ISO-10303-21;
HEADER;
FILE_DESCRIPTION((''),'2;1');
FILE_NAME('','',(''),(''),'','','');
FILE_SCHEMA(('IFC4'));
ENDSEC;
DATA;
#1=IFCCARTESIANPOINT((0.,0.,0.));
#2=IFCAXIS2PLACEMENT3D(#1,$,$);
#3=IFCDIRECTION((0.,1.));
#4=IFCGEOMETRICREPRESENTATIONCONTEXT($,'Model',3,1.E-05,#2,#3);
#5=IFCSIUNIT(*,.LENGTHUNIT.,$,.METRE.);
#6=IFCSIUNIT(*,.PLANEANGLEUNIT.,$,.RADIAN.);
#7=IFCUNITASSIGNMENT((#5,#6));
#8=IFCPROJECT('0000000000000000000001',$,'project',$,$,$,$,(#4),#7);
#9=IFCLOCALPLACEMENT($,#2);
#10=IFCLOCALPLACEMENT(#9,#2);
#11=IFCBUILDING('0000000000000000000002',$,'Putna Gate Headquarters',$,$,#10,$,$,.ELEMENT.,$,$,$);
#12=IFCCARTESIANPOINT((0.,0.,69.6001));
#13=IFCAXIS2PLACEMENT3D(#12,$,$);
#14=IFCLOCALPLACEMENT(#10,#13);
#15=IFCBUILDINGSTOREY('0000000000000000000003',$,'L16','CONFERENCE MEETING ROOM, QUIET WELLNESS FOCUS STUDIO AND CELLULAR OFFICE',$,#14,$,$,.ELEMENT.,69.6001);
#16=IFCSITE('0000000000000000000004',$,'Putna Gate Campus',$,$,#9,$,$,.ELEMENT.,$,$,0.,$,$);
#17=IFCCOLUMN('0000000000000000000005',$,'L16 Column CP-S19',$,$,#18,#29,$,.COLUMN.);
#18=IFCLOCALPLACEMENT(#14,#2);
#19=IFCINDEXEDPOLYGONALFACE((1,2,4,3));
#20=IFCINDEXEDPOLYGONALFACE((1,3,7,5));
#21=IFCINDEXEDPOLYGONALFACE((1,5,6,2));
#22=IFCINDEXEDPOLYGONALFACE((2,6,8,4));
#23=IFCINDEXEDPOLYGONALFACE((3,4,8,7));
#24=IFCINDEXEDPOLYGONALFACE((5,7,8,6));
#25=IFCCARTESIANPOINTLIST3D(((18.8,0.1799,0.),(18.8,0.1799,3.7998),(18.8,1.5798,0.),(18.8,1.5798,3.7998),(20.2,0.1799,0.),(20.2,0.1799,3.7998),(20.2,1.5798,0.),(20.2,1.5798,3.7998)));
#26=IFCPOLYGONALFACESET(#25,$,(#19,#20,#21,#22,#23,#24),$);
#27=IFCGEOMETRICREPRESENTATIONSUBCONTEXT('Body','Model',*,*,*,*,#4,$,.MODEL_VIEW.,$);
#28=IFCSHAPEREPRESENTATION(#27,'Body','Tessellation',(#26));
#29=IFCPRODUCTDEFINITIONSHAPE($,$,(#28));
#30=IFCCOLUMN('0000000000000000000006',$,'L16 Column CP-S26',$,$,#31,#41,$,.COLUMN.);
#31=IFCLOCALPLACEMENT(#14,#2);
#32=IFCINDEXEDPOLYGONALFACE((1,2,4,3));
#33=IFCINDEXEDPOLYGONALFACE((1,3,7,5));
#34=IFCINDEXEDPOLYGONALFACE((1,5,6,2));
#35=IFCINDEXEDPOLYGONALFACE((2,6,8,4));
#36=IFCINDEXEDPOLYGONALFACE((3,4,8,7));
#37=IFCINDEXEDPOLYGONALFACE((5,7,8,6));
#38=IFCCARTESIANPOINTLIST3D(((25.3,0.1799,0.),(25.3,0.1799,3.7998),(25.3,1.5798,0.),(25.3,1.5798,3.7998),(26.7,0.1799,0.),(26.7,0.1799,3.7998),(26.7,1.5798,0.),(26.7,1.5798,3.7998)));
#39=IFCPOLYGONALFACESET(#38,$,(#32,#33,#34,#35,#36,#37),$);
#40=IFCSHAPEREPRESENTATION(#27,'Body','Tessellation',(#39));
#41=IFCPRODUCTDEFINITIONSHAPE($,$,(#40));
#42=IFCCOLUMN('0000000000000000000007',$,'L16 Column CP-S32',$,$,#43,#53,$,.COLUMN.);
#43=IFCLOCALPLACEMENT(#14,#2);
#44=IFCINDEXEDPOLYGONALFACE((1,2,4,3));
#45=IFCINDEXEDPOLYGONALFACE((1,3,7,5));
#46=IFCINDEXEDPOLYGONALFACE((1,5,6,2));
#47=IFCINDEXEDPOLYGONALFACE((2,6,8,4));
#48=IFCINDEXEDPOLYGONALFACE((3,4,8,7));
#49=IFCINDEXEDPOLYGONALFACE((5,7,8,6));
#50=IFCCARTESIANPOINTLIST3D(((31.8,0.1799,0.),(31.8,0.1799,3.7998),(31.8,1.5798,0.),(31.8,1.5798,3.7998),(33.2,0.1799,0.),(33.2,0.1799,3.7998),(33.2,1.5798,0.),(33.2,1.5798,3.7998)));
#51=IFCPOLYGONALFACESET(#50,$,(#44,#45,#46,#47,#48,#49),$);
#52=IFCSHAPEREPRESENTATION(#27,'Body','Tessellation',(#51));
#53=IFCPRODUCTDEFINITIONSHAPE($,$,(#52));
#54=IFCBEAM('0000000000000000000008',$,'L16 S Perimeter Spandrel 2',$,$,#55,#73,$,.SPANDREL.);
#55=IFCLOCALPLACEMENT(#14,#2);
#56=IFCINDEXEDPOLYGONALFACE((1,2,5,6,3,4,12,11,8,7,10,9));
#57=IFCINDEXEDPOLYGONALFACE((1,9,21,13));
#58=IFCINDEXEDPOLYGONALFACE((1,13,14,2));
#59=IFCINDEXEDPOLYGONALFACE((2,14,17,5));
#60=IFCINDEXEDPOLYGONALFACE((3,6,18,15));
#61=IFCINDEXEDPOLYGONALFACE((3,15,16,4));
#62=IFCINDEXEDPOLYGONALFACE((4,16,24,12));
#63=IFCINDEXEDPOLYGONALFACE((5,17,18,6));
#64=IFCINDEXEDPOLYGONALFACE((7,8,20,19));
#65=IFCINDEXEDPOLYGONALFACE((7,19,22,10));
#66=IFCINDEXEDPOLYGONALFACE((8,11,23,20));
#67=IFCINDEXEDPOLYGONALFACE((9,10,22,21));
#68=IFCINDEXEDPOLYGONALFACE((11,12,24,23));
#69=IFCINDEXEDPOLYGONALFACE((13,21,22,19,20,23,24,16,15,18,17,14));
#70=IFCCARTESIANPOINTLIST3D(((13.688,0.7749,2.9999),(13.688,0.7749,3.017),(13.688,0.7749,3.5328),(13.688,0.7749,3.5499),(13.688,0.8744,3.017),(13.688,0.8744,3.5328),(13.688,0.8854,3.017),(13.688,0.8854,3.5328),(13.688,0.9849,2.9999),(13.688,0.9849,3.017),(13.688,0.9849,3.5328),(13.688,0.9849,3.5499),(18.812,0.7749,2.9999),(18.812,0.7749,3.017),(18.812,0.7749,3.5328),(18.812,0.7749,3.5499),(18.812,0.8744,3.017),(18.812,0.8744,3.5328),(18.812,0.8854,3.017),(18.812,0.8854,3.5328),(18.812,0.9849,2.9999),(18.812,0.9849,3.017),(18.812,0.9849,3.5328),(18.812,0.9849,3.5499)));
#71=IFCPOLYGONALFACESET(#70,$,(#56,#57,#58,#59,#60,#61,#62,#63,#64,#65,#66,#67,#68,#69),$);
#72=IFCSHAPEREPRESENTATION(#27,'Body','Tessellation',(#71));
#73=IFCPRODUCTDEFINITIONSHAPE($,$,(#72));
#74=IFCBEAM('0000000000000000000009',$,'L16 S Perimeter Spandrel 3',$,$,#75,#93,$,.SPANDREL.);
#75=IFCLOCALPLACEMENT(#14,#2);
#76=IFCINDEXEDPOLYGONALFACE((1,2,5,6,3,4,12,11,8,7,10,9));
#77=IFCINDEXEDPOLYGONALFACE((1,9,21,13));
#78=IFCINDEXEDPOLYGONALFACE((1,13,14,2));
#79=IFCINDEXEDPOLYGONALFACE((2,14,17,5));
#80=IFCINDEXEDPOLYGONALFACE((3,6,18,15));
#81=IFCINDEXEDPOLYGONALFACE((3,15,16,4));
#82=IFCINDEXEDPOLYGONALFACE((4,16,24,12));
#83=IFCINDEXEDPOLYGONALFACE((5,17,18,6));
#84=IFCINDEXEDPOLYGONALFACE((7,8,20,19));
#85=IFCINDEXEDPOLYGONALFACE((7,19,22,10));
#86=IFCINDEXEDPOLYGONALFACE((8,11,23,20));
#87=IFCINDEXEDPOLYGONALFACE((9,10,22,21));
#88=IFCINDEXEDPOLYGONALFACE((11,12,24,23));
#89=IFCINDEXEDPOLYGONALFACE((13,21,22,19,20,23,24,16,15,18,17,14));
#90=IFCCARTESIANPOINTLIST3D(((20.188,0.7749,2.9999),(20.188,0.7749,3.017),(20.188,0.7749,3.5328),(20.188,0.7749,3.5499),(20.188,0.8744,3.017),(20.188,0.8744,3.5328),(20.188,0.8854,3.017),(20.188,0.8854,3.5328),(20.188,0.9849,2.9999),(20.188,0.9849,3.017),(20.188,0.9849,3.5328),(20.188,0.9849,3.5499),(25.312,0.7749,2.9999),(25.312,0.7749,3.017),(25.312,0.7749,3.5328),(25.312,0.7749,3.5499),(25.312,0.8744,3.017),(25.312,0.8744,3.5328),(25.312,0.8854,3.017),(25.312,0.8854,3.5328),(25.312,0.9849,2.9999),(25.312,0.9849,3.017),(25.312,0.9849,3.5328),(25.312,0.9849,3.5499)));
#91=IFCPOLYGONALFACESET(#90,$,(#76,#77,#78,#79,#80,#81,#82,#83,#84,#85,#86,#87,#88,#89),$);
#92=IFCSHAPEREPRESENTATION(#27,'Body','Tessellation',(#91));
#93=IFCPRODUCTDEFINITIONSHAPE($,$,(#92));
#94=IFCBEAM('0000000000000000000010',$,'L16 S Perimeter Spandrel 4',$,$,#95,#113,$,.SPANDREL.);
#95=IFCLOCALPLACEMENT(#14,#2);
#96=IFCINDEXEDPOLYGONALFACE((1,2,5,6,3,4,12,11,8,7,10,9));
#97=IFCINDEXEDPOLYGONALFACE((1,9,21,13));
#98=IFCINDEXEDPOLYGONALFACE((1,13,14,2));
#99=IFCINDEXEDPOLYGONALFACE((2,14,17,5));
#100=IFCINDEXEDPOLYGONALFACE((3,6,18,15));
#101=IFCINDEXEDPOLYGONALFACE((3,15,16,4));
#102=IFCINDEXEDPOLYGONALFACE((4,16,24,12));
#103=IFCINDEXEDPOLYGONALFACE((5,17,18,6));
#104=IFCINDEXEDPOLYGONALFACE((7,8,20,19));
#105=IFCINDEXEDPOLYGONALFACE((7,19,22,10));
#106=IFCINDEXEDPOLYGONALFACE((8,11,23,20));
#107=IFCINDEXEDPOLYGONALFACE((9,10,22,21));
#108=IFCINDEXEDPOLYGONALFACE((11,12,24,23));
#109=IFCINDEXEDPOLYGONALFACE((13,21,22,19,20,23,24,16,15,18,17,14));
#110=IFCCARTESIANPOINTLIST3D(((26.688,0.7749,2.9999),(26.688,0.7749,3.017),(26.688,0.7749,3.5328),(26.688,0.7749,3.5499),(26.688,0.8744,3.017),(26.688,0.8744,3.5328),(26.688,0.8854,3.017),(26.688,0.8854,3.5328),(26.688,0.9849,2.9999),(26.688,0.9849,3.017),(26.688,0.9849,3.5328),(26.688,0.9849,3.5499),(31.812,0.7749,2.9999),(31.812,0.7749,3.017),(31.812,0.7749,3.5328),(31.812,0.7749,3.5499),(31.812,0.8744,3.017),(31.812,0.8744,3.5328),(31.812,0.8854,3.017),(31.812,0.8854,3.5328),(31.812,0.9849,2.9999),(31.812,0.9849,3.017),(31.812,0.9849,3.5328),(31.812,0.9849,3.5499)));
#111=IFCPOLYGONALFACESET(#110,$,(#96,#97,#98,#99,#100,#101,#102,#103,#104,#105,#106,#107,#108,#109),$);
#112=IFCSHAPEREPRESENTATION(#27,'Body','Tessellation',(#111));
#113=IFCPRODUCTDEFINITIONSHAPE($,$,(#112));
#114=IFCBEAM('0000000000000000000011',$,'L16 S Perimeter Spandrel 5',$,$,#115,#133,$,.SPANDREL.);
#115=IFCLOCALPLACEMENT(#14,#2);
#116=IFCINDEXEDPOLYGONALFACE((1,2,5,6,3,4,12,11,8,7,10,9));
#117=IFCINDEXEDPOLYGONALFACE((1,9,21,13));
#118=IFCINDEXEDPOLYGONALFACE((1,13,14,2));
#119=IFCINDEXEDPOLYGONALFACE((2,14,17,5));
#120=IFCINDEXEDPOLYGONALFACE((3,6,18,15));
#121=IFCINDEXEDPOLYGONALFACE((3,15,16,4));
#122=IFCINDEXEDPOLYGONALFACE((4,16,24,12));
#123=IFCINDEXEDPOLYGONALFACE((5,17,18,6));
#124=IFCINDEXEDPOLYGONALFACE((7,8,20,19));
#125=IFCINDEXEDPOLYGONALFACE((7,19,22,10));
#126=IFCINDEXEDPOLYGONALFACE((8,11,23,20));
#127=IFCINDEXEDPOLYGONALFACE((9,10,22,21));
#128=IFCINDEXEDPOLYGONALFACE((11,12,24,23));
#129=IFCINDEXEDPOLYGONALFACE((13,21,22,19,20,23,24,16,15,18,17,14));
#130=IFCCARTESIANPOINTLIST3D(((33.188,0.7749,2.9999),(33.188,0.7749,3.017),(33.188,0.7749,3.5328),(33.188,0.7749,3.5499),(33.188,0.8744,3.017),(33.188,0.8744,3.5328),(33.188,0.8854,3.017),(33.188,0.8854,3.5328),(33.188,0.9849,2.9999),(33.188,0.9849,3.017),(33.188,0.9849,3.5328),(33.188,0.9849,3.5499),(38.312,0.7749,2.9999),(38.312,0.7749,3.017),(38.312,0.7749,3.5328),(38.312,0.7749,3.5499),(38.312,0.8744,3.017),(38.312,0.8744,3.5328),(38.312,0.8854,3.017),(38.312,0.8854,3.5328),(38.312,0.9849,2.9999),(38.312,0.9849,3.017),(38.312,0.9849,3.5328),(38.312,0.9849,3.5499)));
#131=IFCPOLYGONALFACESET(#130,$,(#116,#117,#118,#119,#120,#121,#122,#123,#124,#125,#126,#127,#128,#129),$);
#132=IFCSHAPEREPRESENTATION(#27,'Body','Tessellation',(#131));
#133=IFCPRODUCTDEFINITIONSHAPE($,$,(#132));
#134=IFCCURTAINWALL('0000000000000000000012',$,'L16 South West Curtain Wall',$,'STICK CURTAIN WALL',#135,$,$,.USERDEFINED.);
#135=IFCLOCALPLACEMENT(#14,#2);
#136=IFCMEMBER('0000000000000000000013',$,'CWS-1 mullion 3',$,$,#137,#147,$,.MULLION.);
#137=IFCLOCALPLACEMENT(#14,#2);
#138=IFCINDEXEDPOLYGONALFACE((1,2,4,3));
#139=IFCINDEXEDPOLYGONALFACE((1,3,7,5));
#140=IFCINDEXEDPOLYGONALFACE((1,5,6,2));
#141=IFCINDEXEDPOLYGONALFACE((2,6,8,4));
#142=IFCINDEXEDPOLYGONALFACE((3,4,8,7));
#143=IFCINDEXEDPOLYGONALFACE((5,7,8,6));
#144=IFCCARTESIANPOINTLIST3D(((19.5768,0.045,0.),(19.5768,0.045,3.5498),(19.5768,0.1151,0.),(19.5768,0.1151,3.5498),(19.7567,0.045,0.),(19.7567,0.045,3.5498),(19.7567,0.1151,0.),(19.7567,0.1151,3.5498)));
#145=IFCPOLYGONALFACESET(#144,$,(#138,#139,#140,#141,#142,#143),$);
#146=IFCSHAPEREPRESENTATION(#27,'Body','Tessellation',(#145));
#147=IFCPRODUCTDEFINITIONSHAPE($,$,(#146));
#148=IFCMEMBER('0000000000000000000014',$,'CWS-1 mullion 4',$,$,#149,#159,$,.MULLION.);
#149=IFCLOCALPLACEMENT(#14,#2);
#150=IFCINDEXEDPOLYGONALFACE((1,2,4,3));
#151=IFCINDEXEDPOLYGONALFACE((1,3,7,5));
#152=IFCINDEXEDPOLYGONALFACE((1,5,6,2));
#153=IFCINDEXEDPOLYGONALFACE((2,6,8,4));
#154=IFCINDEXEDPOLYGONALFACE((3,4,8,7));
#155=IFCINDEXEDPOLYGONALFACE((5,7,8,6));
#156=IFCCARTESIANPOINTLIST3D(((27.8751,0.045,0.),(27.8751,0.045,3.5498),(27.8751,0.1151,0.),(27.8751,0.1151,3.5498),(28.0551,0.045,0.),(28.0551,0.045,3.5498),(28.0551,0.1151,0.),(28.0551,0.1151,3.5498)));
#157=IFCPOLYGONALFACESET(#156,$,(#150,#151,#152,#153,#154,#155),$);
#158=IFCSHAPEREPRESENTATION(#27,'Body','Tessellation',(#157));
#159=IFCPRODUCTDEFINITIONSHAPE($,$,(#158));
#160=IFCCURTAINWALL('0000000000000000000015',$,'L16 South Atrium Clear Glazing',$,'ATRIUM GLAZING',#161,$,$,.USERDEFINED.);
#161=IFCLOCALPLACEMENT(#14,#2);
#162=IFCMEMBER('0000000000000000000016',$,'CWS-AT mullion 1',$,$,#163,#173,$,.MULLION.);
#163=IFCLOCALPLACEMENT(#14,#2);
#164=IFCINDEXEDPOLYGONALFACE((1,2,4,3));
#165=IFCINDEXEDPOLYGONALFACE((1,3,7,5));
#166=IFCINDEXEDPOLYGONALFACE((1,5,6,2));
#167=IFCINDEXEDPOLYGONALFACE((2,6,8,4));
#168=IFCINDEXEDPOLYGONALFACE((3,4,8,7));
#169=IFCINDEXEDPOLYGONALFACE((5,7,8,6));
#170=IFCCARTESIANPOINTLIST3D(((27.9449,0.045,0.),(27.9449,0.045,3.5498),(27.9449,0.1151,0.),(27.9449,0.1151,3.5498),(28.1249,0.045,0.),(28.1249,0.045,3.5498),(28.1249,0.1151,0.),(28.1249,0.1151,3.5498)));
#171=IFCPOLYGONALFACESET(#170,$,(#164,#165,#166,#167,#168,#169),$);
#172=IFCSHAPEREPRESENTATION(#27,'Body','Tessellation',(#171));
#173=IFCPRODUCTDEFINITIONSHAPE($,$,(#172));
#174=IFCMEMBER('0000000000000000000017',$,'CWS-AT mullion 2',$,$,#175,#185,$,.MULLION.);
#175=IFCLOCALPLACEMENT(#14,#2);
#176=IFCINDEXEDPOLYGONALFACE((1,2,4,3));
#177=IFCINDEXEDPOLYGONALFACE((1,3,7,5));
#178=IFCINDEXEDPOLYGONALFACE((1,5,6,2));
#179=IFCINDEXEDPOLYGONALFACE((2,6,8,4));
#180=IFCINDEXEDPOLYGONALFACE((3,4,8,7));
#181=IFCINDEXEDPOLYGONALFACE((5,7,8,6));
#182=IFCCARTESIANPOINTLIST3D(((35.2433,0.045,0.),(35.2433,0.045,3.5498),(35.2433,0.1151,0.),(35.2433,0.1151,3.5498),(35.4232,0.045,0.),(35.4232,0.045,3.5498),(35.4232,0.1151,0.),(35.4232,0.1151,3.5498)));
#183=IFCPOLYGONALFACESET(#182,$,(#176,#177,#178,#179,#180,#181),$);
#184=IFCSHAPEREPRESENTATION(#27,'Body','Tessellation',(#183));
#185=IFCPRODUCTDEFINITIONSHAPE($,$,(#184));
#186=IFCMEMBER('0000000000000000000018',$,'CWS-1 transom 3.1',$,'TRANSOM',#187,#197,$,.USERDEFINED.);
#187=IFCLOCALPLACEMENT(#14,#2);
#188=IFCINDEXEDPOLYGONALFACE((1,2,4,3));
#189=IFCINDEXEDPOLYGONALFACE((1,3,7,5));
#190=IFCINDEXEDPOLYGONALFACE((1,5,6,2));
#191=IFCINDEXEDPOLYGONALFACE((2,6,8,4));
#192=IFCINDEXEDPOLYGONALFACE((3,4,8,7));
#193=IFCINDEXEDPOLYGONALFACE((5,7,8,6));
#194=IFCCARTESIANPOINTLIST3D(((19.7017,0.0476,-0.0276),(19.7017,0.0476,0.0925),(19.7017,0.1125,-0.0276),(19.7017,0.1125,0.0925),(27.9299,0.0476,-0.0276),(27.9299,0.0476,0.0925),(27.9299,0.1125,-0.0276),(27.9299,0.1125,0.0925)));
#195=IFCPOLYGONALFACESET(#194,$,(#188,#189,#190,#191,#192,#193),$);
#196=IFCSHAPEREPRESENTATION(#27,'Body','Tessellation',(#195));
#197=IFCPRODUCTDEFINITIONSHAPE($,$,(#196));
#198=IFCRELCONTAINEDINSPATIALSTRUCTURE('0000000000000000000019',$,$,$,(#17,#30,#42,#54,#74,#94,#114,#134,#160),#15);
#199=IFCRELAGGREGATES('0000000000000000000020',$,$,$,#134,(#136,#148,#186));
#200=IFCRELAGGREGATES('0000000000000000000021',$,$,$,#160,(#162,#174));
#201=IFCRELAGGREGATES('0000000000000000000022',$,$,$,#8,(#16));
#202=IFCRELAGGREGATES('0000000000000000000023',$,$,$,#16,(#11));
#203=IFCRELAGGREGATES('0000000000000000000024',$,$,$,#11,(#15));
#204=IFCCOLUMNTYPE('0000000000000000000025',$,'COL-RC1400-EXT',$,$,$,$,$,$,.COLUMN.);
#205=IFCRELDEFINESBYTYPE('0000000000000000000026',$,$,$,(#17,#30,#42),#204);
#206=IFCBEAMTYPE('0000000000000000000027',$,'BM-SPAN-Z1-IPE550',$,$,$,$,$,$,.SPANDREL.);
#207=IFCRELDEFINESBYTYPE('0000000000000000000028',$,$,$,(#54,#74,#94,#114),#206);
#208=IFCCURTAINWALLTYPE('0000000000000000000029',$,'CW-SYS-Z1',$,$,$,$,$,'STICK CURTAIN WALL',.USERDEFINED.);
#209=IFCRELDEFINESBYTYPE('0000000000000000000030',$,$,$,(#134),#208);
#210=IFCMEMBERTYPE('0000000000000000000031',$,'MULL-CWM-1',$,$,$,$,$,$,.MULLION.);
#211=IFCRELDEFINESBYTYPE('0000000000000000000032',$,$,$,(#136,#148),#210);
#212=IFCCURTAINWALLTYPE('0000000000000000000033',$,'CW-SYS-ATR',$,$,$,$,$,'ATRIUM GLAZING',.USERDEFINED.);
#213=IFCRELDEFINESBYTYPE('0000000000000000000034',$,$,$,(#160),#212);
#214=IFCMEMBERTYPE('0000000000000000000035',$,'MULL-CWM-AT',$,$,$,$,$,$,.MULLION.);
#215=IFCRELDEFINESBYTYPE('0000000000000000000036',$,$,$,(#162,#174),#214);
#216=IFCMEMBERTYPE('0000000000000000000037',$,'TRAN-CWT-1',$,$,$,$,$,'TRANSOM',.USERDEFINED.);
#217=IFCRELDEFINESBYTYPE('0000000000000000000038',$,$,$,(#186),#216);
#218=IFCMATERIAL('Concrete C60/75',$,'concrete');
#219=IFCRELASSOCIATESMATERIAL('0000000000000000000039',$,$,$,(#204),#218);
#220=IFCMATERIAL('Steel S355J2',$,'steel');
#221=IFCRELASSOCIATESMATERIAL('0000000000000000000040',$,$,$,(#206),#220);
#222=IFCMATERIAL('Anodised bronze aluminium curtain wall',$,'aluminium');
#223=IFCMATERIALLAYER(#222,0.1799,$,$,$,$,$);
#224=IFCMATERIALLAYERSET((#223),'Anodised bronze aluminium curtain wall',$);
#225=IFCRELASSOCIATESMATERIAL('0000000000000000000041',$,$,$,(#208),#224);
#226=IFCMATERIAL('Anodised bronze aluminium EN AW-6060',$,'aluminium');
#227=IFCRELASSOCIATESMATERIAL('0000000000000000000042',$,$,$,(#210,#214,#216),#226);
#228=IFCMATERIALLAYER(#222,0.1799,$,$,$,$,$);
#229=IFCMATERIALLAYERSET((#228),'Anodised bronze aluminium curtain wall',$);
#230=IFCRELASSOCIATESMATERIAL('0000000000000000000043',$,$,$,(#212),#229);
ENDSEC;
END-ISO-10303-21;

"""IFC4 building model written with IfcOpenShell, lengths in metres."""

from ifc_helpers import new_model, si_unit, direction, frame, origin, origin_2d, place, context, subcontext, project, spatial, rectangle, i_section, extrude, material, layer, layer_set, material_profile, profile_set, type_object, element, aggregate, save


model = new_model("IFC4")

# Units and contexts
model_context = context("Model", 3, precision=1e-05, world=origin(), true_north=direction((0.0, 1.0)))
body_context = subcontext(model_context, "Body", "Model", "MODEL_VIEW")
ifc_project = project(units=[si_unit("LENGTHUNIT", "METRE"), si_unit("PLANEANGLEUNIT", "RADIAN")], contexts=[model_context])

# Site, building, storey
site_placement = place(None, origin())
site = spatial("IfcSite", under=ifc_project, at=site_placement, Name="Putna Gate Campus", CompositionType="ELEMENT", RefElevation=0.0)
building_placement = place(site_placement, origin())
building = spatial("IfcBuilding", under=site, at=building_placement, Name="Putna Gate Headquarters", CompositionType="ELEMENT")
storey_placement = place(building_placement, frame((0.0, 0.0, 69.6001)))
storey = spatial("IfcBuildingStorey", under=building, at=storey_placement, Name="L16", Description="CONFERENCE MEETING ROOM, QUIET WELLNESS FOCUS STUDIO AND CELLULAR OFFICE", CompositionType="ELEMENT", Elevation=69.6001)

# Columns
ifc_material_1 = material(Name="Concrete C60/75", Category="concrete")
ifc_material_profile_1 = material_profile(ifc_material_1, rectangle(XDim=1.3999, YDim=1.3999, at=origin_2d()), Name="Concrete C60/75")
ifc_profile_set_1 = profile_set([ifc_material_profile_1], Name="Concrete C60/75")
column_type = type_object("IfcColumnType", Name="COL-RC1400-EXT", PredefinedType="COLUMN", material=ifc_profile_set_1)
for number, where, z_axis, x_axis, name in (
    (1, (19.5, 0.8799, 0.0), (0.0, 0.0, 1.0), (1.0, 0.0, 0.0), "L16 Column CP-S19"),
    (2, (26.0, 0.8799, 0.0), (0.0, 0.0, 1.0), (1.0, 0.0, 0.0), "L16 Column CP-S26"),
    (3, (32.5, 0.8799, 0.0), (0.0, 0.0, 1.0), (1.0, 0.0, 0.0), "L16 Column CP-S32"),
):
    element("IfcColumn", number, at=place(storey_placement, frame(where, z_axis=z_axis, x_axis=x_axis)), inside=storey, type_object=column_type, Name=name, PredefinedType="COLUMN", context=body_context, shape_type="SweptSolid", body=[
        extrude(rectangle(XDim=1.3999, YDim=1.3999, at=origin_2d()), origin(), (0.0, 0.0, 1.0), 3.7998),
    ])

# Beams
ifc_material_2 = material(Name="Steel S355J2", Category="steel")
ifc_material_profile_2 = material_profile(ifc_material_2, i_section(OverallWidth=0.21, OverallDepth=0.55, WebThickness=0.011, FlangeThickness=0.0171, at=origin_2d()), Name="Steel S355J2")
ifc_profile_set_2 = profile_set([ifc_material_profile_2], Name="Steel S355J2")
beam_type = type_object("IfcBeamType", Name="BM-SPAN-Z1-IPE550", PredefinedType="SPANDREL", material=ifc_profile_set_2)
for number, where, z_axis, x_axis, name in (
    (4, (13.688, 0.8799, 3.2749), (1.0, 0.0, 0.0), (0.0, 1.0, 0.0), "L16 S Perimeter Spandrel 2"),
    (5, (20.188, 0.8799, 3.2749), (1.0, 0.0, 0.0), (0.0, 1.0, 0.0), "L16 S Perimeter Spandrel 3"),
    (6, (26.688, 0.8799, 3.2749), (1.0, 0.0, 0.0), (0.0, 1.0, 0.0), "L16 S Perimeter Spandrel 4"),
    (7, (33.188, 0.8799, 3.2749), (1.0, 0.0, 0.0), (0.0, 1.0, 0.0), "L16 S Perimeter Spandrel 5"),
):
    element("IfcBeam", number, at=place(storey_placement, frame(where, z_axis=z_axis, x_axis=x_axis)), inside=storey, type_object=beam_type, Name=name, PredefinedType="SPANDREL", context=body_context, shape_type="SweptSolid", body=[
        extrude(i_section(OverallWidth=0.21, OverallDepth=0.55, WebThickness=0.011, FlangeThickness=0.0171, at=origin_2d()), origin(), (0.0, 0.0, 1.0), 5.124),
    ])

# Curtain walls, members
ifc_material_3 = material(Name="Anodised bronze aluminium curtain wall", Category="aluminium")
ifc_layer_1 = layer(ifc_material_3, 0.1799)
ifc_layer_set_1 = layer_set([ifc_layer_1], Name="Anodised bronze aluminium curtain wall")
curtain_wall_type_1 = type_object("IfcCurtainWallType", Name="CW-SYS-Z1", ElementType="STICK CURTAIN WALL", PredefinedType="USERDEFINED", material=ifc_layer_set_1)
curtain_wall_1_placement = place(storey_placement, origin())
curtain_wall_1 = element("IfcCurtainWall", 8, at=curtain_wall_1_placement, inside=storey, type_object=curtain_wall_type_1, Name="L16 South West Curtain Wall", ObjectType="STICK CURTAIN WALL", PredefinedType="USERDEFINED")
ifc_material_4 = material(Name="Anodised bronze aluminium EN AW-6060", Category="aluminium")
ifc_material_profile_3 = material_profile(ifc_material_4, rectangle(XDim=0.0701, YDim=0.1799, at=origin_2d()), Name="Anodised bronze aluminium EN AW-6060")
ifc_profile_set_3 = profile_set([ifc_material_profile_3], Name="Anodised bronze aluminium EN AW-6060")
member_type_1 = type_object("IfcMemberType", Name="MULL-CWM-1", PredefinedType="MULLION", material=ifc_profile_set_3)
member_1_placement = place(storey_placement, frame((19.6667, 0.0801, 0.0), z_axis=(0.0, 0.0, 1.0), x_axis=(0.0, 1.0, 0.0)))
member_1 = element("IfcMember", 9, at=member_1_placement, type_object=member_type_1, Name="CWS-1 mullion 3", PredefinedType="MULLION", context=body_context, shape_type="SweptSolid", body=[
    extrude(rectangle(XDim=0.0701, YDim=0.1799, at=origin_2d()), origin(), (0.0, 0.0, 1.0), 3.5498),
])
member_2_placement = place(storey_placement, frame((27.9651, 0.0801, 0.0), z_axis=(0.0, 0.0, 1.0), x_axis=(0.0, 1.0, 0.0)))
member_2 = element("IfcMember", 10, at=member_2_placement, type_object=member_type_1, Name="CWS-1 mullion 4", PredefinedType="MULLION", context=body_context, shape_type="SweptSolid", body=[
    extrude(rectangle(XDim=0.0701, YDim=0.1799, at=origin_2d()), origin(), (0.0, 0.0, 1.0), 3.5498),
])
ifc_layer_2 = layer(ifc_material_3, 0.1799)
ifc_layer_set_2 = layer_set([ifc_layer_2], Name="Anodised bronze aluminium curtain wall")
curtain_wall_type_2 = type_object("IfcCurtainWallType", Name="CW-SYS-ATR", ElementType="ATRIUM GLAZING", PredefinedType="USERDEFINED", material=ifc_layer_set_2)
curtain_wall_2_placement = place(storey_placement, origin())
curtain_wall_2 = element("IfcCurtainWall", 11, at=curtain_wall_2_placement, inside=storey, type_object=curtain_wall_type_2, Name="L16 South Atrium Clear Glazing", ObjectType="ATRIUM GLAZING", PredefinedType="USERDEFINED")
ifc_material_profile_4 = material_profile(ifc_material_4, rectangle(XDim=0.0701, YDim=0.1799, at=origin_2d()), Name="Anodised bronze aluminium EN AW-6060")
ifc_profile_set_4 = profile_set([ifc_material_profile_4], Name="Anodised bronze aluminium EN AW-6060")
member_type_2 = type_object("IfcMemberType", Name="MULL-CWM-AT", PredefinedType="MULLION", material=ifc_profile_set_4)
member_3_placement = place(storey_placement, frame((28.0349, 0.0801, 0.0), z_axis=(0.0, 0.0, 1.0), x_axis=(0.0, 1.0, 0.0)))
member_3 = element("IfcMember", 12, at=member_3_placement, type_object=member_type_2, Name="CWS-AT mullion 1", PredefinedType="MULLION", context=body_context, shape_type="SweptSolid", body=[
    extrude(rectangle(XDim=0.0701, YDim=0.1799, at=origin_2d()), origin(), (0.0, 0.0, 1.0), 3.5498),
])
member_4_placement = place(storey_placement, frame((35.3333, 0.0801, 0.0), z_axis=(0.0, 0.0, 1.0), x_axis=(0.0, 1.0, 0.0)))
member_4 = element("IfcMember", 13, at=member_4_placement, type_object=member_type_2, Name="CWS-AT mullion 2", PredefinedType="MULLION", context=body_context, shape_type="SweptSolid", body=[
    extrude(rectangle(XDim=0.0701, YDim=0.1799, at=origin_2d()), origin(), (0.0, 0.0, 1.0), 3.5498),
])

# Member
ifc_material_profile_5 = material_profile(ifc_material_4, rectangle(XDim=0.0649, YDim=0.1201, at=origin_2d()), Name="Anodised bronze aluminium EN AW-6060")
ifc_profile_set_5 = profile_set([ifc_material_profile_5], Name="Anodised bronze aluminium EN AW-6060")
member_type_3 = type_object("IfcMemberType", Name="TRAN-CWT-1", ElementType="TRANSOM", PredefinedType="USERDEFINED", material=ifc_profile_set_5)
member_5_placement = place(storey_placement, frame((19.7017, 0.0801, 0.0325), z_axis=(1.0, 0.0, 0.0), x_axis=(0.0, 1.0, 0.0)))
member_5 = element("IfcMember", 14, at=member_5_placement, type_object=member_type_3, Name="CWS-1 transom 3.1", ObjectType="TRANSOM", PredefinedType="USERDEFINED", context=body_context, shape_type="SweptSolid", body=[
    extrude(rectangle(XDim=0.0649, YDim=0.1201, at=origin_2d()), origin(), (0.0, 0.0, 1.0), 8.2283),
])

aggregate(curtain_wall_1, [member_1, member_2, member_5])
aggregate(curtain_wall_2, [member_3, member_4])

save(model, "model.ifc")
